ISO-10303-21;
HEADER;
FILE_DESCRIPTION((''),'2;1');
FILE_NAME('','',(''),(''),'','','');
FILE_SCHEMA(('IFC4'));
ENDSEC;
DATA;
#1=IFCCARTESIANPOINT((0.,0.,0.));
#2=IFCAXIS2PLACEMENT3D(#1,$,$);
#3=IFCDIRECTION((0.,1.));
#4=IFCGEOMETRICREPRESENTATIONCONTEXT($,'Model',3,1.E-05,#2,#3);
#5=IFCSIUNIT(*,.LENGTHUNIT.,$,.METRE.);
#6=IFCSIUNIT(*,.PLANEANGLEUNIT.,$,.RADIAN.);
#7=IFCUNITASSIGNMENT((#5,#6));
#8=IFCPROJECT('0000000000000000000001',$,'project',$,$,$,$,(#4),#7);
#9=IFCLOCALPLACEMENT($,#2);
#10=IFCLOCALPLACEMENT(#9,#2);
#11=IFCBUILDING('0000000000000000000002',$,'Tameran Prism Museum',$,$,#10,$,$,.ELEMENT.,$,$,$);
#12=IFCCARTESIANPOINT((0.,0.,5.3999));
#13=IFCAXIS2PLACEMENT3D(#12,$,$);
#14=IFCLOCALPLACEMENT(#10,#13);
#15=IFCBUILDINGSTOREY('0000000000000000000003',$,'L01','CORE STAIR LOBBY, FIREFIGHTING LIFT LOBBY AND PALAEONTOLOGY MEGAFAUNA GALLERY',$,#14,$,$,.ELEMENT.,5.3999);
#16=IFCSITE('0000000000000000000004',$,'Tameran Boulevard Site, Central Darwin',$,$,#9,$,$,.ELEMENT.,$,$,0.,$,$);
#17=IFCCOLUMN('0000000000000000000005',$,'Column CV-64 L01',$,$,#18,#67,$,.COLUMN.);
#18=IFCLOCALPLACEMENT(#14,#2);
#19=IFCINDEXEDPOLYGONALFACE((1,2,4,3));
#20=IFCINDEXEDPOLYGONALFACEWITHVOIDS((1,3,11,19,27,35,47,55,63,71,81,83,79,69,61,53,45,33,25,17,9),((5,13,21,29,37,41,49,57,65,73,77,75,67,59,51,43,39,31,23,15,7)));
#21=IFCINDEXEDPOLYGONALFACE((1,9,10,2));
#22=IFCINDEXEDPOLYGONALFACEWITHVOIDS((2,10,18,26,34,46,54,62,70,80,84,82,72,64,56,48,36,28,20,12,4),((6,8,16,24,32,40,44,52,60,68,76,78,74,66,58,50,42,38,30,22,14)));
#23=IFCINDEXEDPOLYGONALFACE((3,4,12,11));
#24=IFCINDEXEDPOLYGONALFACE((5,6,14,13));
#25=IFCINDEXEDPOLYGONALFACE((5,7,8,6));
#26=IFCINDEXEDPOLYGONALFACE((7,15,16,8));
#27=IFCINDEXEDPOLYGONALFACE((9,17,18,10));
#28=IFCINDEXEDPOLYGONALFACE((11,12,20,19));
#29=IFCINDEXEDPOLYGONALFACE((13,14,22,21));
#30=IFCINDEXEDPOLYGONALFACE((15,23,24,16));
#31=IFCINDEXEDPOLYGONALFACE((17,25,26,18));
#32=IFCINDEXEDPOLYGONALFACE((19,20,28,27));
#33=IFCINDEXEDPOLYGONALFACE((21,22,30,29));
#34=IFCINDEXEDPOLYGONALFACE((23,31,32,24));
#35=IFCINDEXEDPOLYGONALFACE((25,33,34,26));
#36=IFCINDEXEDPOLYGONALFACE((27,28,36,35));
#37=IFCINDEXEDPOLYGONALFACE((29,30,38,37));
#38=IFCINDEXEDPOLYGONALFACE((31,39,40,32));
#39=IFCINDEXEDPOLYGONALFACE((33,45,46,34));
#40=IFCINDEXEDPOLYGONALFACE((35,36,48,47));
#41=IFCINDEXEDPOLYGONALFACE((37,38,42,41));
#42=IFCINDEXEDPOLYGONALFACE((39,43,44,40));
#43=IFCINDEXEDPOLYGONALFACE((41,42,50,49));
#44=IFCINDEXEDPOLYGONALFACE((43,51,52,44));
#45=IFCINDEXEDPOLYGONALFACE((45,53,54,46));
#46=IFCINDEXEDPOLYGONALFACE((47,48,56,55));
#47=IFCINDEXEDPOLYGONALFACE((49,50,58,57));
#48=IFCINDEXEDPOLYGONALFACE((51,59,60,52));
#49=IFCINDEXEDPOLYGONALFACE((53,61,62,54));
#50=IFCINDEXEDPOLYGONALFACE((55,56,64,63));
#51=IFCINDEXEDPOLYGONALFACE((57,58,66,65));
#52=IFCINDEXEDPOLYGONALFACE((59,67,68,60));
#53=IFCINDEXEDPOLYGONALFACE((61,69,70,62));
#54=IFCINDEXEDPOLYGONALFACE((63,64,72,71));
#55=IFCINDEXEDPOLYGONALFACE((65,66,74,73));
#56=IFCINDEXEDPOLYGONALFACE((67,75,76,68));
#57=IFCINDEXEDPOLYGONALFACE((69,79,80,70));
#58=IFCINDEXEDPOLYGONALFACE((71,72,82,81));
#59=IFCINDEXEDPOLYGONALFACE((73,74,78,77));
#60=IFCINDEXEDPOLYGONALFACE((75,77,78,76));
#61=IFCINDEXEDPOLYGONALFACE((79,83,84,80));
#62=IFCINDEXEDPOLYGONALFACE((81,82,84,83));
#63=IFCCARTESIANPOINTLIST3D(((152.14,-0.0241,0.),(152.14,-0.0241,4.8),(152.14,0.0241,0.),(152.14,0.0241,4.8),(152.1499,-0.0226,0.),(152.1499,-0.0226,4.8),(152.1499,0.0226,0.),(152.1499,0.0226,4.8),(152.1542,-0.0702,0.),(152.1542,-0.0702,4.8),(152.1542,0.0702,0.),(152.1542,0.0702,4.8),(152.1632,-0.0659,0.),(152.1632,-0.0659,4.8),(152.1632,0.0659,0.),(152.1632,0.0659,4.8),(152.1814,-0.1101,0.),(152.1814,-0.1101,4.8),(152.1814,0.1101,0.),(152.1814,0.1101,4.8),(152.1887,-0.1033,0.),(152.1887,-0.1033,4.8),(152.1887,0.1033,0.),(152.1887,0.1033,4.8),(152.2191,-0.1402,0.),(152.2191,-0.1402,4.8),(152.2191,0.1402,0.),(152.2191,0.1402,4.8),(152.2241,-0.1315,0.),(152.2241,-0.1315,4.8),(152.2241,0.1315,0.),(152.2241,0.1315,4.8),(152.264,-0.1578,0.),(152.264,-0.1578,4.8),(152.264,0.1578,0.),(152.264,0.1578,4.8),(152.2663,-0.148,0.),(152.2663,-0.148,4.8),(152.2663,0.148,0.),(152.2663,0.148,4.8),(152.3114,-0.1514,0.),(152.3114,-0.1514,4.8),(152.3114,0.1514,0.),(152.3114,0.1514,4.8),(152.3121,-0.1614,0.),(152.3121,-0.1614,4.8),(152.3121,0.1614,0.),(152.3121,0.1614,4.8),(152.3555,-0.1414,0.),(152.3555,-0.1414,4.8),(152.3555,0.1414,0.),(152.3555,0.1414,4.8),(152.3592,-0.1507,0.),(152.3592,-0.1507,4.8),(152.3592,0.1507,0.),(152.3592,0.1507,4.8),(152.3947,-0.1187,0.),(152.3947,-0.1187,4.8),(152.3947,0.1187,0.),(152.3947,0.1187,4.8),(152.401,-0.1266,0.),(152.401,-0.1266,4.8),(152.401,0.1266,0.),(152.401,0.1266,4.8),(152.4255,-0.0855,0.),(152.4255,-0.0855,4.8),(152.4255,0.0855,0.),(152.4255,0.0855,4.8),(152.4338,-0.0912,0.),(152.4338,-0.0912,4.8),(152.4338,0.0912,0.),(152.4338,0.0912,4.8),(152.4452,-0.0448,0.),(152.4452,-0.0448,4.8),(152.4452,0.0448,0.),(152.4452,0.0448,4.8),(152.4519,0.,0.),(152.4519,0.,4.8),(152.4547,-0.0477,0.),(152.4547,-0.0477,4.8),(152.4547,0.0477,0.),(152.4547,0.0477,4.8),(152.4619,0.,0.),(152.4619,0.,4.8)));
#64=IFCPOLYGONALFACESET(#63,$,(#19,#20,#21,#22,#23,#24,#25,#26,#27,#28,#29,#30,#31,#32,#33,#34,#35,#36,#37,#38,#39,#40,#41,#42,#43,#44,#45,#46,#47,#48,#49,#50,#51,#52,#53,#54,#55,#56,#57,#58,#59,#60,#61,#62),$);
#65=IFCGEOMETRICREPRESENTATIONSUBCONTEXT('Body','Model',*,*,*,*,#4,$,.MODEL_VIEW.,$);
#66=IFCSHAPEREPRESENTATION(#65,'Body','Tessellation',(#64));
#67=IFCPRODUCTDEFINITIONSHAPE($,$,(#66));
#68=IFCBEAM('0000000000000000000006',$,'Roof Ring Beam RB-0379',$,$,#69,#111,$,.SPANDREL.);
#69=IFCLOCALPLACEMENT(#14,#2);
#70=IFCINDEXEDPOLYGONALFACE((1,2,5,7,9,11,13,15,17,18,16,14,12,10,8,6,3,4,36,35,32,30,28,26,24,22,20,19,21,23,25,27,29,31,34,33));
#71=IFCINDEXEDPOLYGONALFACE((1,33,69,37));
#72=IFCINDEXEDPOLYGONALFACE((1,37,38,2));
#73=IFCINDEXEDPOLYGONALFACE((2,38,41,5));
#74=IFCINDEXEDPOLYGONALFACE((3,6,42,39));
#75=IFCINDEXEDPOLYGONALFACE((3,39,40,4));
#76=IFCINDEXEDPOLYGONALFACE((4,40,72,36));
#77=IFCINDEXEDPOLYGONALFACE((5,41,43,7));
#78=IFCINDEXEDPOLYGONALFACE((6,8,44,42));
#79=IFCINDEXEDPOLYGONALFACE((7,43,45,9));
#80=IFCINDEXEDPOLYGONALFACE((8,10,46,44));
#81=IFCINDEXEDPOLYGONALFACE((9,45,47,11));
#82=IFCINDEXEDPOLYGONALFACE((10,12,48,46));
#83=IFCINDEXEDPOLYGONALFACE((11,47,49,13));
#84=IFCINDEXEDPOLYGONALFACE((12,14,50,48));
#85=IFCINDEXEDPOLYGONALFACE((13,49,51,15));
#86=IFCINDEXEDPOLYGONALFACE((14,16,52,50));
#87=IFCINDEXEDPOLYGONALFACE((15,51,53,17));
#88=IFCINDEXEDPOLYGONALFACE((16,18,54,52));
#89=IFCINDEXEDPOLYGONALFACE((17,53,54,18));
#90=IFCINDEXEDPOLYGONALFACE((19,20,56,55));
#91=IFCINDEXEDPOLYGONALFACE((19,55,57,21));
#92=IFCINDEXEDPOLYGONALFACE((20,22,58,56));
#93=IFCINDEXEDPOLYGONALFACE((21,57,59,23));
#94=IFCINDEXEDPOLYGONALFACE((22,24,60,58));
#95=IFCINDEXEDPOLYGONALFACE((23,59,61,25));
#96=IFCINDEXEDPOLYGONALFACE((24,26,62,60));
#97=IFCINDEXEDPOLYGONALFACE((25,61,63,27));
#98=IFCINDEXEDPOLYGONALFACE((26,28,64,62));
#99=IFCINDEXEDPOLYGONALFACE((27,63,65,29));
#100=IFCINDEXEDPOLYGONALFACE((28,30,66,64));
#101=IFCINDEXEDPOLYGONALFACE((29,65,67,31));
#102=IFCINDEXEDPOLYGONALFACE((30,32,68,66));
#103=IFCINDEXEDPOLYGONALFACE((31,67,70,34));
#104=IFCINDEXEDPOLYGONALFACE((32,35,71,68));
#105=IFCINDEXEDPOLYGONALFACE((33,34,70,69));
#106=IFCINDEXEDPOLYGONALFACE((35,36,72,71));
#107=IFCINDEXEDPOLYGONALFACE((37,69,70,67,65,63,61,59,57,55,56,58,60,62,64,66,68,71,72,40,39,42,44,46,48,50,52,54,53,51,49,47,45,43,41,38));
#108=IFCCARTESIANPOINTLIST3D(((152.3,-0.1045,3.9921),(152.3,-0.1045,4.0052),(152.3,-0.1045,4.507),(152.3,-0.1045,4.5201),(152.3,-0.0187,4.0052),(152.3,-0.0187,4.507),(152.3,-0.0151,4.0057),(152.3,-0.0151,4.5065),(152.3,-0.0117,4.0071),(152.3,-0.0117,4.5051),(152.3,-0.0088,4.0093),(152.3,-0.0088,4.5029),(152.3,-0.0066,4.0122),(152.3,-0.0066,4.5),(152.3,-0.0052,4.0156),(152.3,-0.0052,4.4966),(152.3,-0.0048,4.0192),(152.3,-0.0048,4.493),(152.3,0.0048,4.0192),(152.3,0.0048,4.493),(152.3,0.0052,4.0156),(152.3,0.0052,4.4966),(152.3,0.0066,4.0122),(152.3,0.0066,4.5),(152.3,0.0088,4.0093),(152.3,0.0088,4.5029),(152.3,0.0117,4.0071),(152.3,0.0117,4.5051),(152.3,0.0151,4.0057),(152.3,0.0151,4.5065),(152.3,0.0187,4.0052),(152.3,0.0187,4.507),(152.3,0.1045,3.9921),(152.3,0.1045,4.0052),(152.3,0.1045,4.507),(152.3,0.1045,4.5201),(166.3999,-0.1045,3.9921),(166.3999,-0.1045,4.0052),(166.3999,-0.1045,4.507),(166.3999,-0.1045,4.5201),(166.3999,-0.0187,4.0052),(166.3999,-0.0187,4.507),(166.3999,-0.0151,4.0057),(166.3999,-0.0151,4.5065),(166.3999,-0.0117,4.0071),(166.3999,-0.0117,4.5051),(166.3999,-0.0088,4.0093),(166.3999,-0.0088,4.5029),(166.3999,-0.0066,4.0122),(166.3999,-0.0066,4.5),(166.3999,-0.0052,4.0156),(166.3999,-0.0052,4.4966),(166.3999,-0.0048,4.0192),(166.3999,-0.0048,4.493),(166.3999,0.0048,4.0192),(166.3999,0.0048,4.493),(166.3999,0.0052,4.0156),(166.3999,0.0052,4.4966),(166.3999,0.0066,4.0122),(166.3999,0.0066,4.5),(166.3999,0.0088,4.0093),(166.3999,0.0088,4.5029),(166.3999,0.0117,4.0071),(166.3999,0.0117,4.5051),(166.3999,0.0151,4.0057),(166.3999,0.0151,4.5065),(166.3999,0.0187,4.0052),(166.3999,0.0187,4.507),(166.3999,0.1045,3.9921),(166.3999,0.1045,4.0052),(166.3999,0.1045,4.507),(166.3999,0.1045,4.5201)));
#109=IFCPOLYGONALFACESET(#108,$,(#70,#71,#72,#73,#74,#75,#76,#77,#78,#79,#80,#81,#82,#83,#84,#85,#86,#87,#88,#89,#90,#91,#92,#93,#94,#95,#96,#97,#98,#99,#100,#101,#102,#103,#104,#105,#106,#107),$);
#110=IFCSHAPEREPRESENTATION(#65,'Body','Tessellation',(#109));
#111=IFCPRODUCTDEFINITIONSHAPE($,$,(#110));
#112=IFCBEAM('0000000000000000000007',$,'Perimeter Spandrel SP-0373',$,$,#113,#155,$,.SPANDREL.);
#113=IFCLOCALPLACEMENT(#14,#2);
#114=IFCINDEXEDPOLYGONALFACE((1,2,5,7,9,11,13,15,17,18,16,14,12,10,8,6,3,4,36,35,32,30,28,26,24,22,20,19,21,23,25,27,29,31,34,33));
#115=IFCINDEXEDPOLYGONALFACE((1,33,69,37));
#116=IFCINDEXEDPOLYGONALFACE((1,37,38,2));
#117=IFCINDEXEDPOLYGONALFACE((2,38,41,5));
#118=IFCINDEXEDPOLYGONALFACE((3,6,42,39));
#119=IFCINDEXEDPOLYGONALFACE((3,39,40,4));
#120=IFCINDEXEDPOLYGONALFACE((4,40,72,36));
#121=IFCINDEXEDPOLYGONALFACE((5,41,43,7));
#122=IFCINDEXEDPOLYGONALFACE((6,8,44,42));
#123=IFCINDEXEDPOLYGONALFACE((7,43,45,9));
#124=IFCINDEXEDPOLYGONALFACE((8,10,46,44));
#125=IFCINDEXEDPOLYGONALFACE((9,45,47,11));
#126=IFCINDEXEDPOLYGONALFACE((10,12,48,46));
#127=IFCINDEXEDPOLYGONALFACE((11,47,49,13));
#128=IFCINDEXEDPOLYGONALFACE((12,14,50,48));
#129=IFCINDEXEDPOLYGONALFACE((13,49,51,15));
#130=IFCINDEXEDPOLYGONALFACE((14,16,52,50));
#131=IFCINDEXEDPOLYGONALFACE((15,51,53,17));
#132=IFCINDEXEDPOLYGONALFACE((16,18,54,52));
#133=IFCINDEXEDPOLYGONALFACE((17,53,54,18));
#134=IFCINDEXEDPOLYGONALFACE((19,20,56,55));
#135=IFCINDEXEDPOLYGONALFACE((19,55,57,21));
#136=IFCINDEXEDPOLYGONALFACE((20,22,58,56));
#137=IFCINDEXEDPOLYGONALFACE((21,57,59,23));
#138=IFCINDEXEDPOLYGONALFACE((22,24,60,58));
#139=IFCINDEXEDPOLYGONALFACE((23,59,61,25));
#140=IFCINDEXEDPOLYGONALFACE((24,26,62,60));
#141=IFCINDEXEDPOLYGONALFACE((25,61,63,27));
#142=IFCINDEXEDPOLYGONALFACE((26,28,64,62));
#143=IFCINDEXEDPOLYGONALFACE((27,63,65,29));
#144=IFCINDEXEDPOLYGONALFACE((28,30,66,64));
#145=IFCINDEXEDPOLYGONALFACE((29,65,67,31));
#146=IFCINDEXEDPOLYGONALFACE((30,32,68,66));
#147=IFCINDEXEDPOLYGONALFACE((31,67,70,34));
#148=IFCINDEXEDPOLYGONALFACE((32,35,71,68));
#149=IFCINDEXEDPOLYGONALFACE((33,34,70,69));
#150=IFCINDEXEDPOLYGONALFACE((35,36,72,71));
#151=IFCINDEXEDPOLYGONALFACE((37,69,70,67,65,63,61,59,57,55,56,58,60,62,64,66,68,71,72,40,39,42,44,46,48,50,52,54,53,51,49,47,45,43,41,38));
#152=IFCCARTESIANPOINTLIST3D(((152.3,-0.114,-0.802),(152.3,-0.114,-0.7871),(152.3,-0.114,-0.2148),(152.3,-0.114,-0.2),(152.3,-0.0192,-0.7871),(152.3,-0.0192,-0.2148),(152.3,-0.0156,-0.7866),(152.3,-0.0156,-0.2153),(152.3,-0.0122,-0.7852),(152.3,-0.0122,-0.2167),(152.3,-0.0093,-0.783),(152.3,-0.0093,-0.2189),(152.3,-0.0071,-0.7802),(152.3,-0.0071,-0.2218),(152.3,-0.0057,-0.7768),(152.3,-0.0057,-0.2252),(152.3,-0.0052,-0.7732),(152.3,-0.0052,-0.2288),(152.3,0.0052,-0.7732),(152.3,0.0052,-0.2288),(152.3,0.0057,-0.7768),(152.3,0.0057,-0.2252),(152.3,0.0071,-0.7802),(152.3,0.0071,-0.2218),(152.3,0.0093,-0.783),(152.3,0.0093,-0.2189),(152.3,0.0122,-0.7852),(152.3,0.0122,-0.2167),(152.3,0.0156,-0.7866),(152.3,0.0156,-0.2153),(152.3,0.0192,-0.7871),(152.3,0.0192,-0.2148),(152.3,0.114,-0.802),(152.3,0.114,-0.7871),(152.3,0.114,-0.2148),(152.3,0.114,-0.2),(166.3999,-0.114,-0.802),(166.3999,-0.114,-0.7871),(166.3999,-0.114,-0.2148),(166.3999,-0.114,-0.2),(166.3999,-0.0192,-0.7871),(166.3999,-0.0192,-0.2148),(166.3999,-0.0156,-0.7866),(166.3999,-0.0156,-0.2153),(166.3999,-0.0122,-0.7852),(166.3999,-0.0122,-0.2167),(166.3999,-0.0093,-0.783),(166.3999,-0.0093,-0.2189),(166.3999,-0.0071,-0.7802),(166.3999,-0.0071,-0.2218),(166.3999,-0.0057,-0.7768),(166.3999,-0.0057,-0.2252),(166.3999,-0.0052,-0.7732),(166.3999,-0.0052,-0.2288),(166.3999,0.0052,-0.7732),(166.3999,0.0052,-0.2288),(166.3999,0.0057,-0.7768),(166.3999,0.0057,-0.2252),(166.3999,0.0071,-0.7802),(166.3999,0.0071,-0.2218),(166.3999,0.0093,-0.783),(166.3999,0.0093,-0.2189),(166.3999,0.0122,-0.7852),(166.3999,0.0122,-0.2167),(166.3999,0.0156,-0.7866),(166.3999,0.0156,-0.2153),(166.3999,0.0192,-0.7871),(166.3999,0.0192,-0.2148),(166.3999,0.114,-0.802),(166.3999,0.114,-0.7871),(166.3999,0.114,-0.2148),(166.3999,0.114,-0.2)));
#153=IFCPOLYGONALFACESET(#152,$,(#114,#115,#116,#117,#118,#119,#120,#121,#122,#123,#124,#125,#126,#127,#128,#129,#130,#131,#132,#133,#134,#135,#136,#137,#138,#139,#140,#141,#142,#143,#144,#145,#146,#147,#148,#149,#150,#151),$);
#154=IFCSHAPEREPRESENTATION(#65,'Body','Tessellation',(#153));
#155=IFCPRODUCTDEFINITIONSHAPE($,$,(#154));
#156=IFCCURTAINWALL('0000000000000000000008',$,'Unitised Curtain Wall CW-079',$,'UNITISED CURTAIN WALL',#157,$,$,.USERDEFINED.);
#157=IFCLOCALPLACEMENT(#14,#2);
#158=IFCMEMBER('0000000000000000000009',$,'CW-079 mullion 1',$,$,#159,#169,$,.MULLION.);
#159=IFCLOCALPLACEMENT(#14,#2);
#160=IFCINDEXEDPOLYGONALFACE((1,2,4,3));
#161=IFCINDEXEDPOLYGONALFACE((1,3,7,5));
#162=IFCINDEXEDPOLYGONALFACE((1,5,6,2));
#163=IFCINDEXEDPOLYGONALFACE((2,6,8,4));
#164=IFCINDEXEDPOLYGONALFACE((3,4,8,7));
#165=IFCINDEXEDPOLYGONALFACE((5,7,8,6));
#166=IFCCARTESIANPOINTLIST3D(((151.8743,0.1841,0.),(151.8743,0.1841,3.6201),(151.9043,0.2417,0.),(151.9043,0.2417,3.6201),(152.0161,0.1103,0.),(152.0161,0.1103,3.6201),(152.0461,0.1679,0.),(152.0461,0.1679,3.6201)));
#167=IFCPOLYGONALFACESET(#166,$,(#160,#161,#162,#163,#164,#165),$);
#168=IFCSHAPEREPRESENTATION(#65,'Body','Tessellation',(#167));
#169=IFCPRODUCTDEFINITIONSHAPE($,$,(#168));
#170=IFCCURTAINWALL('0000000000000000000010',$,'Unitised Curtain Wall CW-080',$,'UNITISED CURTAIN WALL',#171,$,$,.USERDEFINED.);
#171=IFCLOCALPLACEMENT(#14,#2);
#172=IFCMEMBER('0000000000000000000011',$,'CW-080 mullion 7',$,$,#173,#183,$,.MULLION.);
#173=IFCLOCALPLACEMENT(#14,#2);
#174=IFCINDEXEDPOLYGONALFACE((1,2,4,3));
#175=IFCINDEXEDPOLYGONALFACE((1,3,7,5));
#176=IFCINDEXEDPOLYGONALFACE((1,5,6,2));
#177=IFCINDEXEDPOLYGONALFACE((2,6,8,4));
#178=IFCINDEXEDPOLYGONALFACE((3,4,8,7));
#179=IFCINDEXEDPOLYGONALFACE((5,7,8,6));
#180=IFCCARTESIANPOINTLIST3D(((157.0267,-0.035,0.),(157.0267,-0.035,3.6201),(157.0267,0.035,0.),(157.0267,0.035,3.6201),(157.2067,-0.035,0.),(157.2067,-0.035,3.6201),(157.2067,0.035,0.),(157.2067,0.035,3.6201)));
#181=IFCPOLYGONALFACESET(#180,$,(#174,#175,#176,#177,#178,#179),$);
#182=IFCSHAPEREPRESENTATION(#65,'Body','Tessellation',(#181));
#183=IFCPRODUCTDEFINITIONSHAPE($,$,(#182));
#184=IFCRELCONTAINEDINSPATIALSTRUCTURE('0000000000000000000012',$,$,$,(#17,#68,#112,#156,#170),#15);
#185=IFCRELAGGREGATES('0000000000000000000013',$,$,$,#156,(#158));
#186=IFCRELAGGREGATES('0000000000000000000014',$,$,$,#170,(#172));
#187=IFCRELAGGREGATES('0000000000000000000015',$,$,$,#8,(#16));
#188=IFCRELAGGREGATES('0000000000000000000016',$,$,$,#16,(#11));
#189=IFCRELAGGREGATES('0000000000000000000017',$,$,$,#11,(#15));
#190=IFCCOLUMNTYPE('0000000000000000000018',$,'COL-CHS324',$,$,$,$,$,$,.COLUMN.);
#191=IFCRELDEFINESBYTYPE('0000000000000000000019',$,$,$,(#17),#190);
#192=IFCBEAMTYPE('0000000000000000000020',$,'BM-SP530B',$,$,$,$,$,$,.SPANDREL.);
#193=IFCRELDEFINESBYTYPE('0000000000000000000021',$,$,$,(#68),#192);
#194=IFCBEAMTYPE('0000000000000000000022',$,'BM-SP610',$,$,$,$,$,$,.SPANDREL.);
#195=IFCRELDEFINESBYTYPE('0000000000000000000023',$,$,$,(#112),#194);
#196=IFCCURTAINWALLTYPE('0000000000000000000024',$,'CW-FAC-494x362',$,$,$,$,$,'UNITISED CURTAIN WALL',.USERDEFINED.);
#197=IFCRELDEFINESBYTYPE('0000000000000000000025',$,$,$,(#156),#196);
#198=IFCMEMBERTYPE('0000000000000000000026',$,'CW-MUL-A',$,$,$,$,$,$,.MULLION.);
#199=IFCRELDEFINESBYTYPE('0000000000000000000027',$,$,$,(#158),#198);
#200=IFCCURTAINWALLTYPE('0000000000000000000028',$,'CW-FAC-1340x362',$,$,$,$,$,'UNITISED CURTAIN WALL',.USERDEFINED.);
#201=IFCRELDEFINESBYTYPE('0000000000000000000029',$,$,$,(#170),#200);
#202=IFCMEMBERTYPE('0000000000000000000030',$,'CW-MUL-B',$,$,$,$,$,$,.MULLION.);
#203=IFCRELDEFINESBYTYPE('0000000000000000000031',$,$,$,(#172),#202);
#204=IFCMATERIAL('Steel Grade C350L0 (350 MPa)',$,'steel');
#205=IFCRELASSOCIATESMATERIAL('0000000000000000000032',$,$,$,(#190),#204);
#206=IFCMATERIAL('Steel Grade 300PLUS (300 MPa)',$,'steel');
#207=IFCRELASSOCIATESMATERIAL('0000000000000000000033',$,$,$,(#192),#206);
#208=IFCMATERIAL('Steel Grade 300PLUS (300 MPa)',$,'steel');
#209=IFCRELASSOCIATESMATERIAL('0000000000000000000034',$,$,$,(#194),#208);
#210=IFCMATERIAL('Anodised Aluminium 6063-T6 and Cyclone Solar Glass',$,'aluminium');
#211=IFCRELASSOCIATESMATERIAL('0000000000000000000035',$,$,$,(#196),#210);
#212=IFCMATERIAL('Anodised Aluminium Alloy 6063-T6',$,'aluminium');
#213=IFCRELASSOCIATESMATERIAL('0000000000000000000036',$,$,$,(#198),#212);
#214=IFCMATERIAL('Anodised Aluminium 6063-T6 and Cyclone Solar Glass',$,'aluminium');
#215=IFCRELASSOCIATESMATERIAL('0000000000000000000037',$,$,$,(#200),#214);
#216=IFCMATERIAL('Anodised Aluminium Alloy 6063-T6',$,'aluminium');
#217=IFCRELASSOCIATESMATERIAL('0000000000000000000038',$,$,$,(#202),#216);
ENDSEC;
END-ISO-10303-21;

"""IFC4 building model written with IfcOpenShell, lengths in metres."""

from ifc_helpers import new_model, si_unit, direction, frame, origin, origin_2d, place, context, subcontext, project, spatial, rectangle, hollow_circle, i_section, extrude, material, material_profile, profile_set, type_object, element, aggregate, save


model = new_model("IFC4")

# Units and contexts
model_context = context("Model", 3, precision=1e-05, world=origin(), true_north=direction((0.0, 1.0)))
body_context = subcontext(model_context, "Body", "Model", "MODEL_VIEW")
ifc_project = project(units=[si_unit("LENGTHUNIT", "METRE"), si_unit("PLANEANGLEUNIT", "RADIAN")], contexts=[model_context])

# Site, building, storey
site_placement = place(None, origin())
site = spatial("IfcSite", under=ifc_project, at=site_placement, Name="Tameran Boulevard Site, Central Darwin", CompositionType="ELEMENT", RefElevation=0.0)
building_placement = place(site_placement, origin())
building = spatial("IfcBuilding", under=site, at=building_placement, Name="Tameran Prism Museum", CompositionType="ELEMENT")
storey_placement = place(building_placement, frame((0.0, 0.0, 5.3999)))
storey = spatial("IfcBuildingStorey", under=building, at=storey_placement, Name="L01", Description="CORE STAIR LOBBY, FIREFIGHTING LIFT LOBBY AND PALAEONTOLOGY MEGAFAUNA GALLERY", CompositionType="ELEMENT", Elevation=5.3999)

# Column
ifc_material_1 = material(Name="Steel Grade C350L0 (350 MPa)", Category="steel")
ifc_material_profile_1 = material_profile(ifc_material_1, hollow_circle(Radius=0.1619, WallThickness=0.01, at=origin_2d()))
ifc_profile_set_1 = profile_set([ifc_material_profile_1])
column_type = type_object("IfcColumnType", Name="COL-CHS324", PredefinedType="COLUMN", material=ifc_profile_set_1)
column_placement = place(storey_placement, frame((152.3, 0.0, 0.0), z_axis=(0.0, 0.0, 1.0), x_axis=(1.0, 0.0, 0.0)))
element("IfcColumn", 1, at=column_placement, inside=storey, type_object=column_type, Name="Column CV-64 L01", PredefinedType="COLUMN", context=body_context, shape_type="SweptSolid", body=[
    extrude(hollow_circle(Radius=0.1619, WallThickness=0.01, at=origin_2d()), origin(), (0.0, 0.0, 1.0), 4.8),
])

# Beams
ifc_material_2 = material(Name="Steel Grade 300PLUS (300 MPa)", Category="steel")
ifc_material_profile_2 = material_profile(ifc_material_2, i_section(OverallWidth=0.209, OverallDepth=0.5281, WebThickness=0.0095, FlangeThickness=0.0132, FilletRadius=0.0139, at=origin_2d()))
ifc_profile_set_2 = profile_set([ifc_material_profile_2])
beam_type_1 = type_object("IfcBeamType", Name="BM-SP530B", PredefinedType="SPANDREL", material=ifc_profile_set_2)
beam_1_placement = place(storey_placement, frame((152.3, 0.0, 4.2561), z_axis=(1.0, 0.0, 0.0), x_axis=(0.0, 1.0, 0.0)))
element("IfcBeam", 2, at=beam_1_placement, inside=storey, type_object=beam_type_1, Name="Roof Ring Beam RB-0379", PredefinedType="SPANDREL", context=body_context, shape_type="SweptSolid", body=[
    extrude(i_section(OverallWidth=0.209, OverallDepth=0.5281, WebThickness=0.0095, FlangeThickness=0.0132, FilletRadius=0.0139, at=origin_2d()), origin(), (0.0, 0.0, 1.0), 14.0999),
])
ifc_material_3 = material(Name="Steel Grade 300PLUS (300 MPa)", Category="steel")
ifc_material_profile_3 = material_profile(ifc_material_3, i_section(OverallWidth=0.228, OverallDepth=0.6021, WebThickness=0.0105, FlangeThickness=0.0149, FilletRadius=0.0139, at=origin_2d()))
ifc_profile_set_3 = profile_set([ifc_material_profile_3])
beam_type_2 = type_object("IfcBeamType", Name="BM-SP610", PredefinedType="SPANDREL", material=ifc_profile_set_3)
beam_2_placement = place(storey_placement, frame((152.3, 0.0, -0.501), z_axis=(1.0, 0.0, 0.0), x_axis=(0.0, 1.0, 0.0)))
element("IfcBeam", 3, at=beam_2_placement, inside=storey, type_object=beam_type_2, Name="Perimeter Spandrel SP-0373", PredefinedType="SPANDREL", context=body_context, shape_type="SweptSolid", body=[
    extrude(i_section(OverallWidth=0.228, OverallDepth=0.6021, WebThickness=0.0105, FlangeThickness=0.0149, FilletRadius=0.0139, at=origin_2d()), origin(), (0.0, 0.0, 1.0), 14.0999),
])

# Curtain wall, member
ifc_material_4 = material(Name="Anodised Aluminium 6063-T6 and Cyclone Solar Glass", Category="aluminium")
curtain_wall_type_1 = type_object("IfcCurtainWallType", Name="CW-FAC-494x362", ElementType="UNITISED CURTAIN WALL", PredefinedType="USERDEFINED", material=ifc_material_4)
curtain_wall_1_placement = place(storey_placement, origin())
curtain_wall_1 = element("IfcCurtainWall", 4, at=curtain_wall_1_placement, inside=storey, type_object=curtain_wall_type_1, Name="Unitised Curtain Wall CW-079", ObjectType="UNITISED CURTAIN WALL", PredefinedType="USERDEFINED")
ifc_material_5 = material(Name="Anodised Aluminium Alloy 6063-T6", Category="aluminium")
ifc_material_profile_4 = material_profile(ifc_material_5, rectangle(XDim=0.0649, YDim=0.1599, at=origin_2d()))
ifc_profile_set_4 = profile_set([ifc_material_profile_4])
member_type_1 = type_object("IfcMemberType", Name="CW-MUL-A", PredefinedType="MULLION", material=ifc_profile_set_4)
member_1_placement = place(storey_placement, frame((151.9602, 0.176, 0.0), z_axis=(0.0, 0.0, 1.0), x_axis=(-0.461582, -0.887097, 0.0)))
member_1 = element("IfcMember", 5, at=member_1_placement, type_object=member_type_1, Name="CW-079 mullion 1", PredefinedType="MULLION", context=body_context, shape_type="SweptSolid", body=[
    extrude(rectangle(XDim=0.0649, YDim=0.1599, at=origin_2d()), origin(), (0.0, 0.0, 1.0), 3.6201),
])
aggregate(curtain_wall_1, [member_1])

# Curtain wall, member
ifc_material_6 = material(Name="Anodised Aluminium 6063-T6 and Cyclone Solar Glass", Category="aluminium")
curtain_wall_type_2 = type_object("IfcCurtainWallType", Name="CW-FAC-1340x362", ElementType="UNITISED CURTAIN WALL", PredefinedType="USERDEFINED", material=ifc_material_6)
curtain_wall_2_placement = place(storey_placement, origin())
curtain_wall_2 = element("IfcCurtainWall", 6, at=curtain_wall_2_placement, inside=storey, type_object=curtain_wall_type_2, Name="Unitised Curtain Wall CW-080", ObjectType="UNITISED CURTAIN WALL", PredefinedType="USERDEFINED")
ifc_material_7 = material(Name="Anodised Aluminium Alloy 6063-T6", Category="aluminium")
ifc_material_profile_5 = material_profile(ifc_material_7, rectangle(XDim=0.0701, YDim=0.1799, at=origin_2d()))
ifc_profile_set_5 = profile_set([ifc_material_profile_5])
member_type_2 = type_object("IfcMemberType", Name="CW-MUL-B", PredefinedType="MULLION", material=ifc_profile_set_5)
member_2_placement = place(storey_placement, frame((157.1167, 0.0, 0.0), z_axis=(0.0, 0.0, 1.0), x_axis=(0.0, -1.0, 0.0)))
member_2 = element("IfcMember", 7, at=member_2_placement, type_object=member_type_2, Name="CW-080 mullion 7", PredefinedType="MULLION", context=body_context, shape_type="SweptSolid", body=[
    extrude(rectangle(XDim=0.0701, YDim=0.1799, at=origin_2d()), origin(), (0.0, 0.0, 1.0), 3.6201),
])
aggregate(curtain_wall_2, [member_2])

save(model, "model.ifc")
